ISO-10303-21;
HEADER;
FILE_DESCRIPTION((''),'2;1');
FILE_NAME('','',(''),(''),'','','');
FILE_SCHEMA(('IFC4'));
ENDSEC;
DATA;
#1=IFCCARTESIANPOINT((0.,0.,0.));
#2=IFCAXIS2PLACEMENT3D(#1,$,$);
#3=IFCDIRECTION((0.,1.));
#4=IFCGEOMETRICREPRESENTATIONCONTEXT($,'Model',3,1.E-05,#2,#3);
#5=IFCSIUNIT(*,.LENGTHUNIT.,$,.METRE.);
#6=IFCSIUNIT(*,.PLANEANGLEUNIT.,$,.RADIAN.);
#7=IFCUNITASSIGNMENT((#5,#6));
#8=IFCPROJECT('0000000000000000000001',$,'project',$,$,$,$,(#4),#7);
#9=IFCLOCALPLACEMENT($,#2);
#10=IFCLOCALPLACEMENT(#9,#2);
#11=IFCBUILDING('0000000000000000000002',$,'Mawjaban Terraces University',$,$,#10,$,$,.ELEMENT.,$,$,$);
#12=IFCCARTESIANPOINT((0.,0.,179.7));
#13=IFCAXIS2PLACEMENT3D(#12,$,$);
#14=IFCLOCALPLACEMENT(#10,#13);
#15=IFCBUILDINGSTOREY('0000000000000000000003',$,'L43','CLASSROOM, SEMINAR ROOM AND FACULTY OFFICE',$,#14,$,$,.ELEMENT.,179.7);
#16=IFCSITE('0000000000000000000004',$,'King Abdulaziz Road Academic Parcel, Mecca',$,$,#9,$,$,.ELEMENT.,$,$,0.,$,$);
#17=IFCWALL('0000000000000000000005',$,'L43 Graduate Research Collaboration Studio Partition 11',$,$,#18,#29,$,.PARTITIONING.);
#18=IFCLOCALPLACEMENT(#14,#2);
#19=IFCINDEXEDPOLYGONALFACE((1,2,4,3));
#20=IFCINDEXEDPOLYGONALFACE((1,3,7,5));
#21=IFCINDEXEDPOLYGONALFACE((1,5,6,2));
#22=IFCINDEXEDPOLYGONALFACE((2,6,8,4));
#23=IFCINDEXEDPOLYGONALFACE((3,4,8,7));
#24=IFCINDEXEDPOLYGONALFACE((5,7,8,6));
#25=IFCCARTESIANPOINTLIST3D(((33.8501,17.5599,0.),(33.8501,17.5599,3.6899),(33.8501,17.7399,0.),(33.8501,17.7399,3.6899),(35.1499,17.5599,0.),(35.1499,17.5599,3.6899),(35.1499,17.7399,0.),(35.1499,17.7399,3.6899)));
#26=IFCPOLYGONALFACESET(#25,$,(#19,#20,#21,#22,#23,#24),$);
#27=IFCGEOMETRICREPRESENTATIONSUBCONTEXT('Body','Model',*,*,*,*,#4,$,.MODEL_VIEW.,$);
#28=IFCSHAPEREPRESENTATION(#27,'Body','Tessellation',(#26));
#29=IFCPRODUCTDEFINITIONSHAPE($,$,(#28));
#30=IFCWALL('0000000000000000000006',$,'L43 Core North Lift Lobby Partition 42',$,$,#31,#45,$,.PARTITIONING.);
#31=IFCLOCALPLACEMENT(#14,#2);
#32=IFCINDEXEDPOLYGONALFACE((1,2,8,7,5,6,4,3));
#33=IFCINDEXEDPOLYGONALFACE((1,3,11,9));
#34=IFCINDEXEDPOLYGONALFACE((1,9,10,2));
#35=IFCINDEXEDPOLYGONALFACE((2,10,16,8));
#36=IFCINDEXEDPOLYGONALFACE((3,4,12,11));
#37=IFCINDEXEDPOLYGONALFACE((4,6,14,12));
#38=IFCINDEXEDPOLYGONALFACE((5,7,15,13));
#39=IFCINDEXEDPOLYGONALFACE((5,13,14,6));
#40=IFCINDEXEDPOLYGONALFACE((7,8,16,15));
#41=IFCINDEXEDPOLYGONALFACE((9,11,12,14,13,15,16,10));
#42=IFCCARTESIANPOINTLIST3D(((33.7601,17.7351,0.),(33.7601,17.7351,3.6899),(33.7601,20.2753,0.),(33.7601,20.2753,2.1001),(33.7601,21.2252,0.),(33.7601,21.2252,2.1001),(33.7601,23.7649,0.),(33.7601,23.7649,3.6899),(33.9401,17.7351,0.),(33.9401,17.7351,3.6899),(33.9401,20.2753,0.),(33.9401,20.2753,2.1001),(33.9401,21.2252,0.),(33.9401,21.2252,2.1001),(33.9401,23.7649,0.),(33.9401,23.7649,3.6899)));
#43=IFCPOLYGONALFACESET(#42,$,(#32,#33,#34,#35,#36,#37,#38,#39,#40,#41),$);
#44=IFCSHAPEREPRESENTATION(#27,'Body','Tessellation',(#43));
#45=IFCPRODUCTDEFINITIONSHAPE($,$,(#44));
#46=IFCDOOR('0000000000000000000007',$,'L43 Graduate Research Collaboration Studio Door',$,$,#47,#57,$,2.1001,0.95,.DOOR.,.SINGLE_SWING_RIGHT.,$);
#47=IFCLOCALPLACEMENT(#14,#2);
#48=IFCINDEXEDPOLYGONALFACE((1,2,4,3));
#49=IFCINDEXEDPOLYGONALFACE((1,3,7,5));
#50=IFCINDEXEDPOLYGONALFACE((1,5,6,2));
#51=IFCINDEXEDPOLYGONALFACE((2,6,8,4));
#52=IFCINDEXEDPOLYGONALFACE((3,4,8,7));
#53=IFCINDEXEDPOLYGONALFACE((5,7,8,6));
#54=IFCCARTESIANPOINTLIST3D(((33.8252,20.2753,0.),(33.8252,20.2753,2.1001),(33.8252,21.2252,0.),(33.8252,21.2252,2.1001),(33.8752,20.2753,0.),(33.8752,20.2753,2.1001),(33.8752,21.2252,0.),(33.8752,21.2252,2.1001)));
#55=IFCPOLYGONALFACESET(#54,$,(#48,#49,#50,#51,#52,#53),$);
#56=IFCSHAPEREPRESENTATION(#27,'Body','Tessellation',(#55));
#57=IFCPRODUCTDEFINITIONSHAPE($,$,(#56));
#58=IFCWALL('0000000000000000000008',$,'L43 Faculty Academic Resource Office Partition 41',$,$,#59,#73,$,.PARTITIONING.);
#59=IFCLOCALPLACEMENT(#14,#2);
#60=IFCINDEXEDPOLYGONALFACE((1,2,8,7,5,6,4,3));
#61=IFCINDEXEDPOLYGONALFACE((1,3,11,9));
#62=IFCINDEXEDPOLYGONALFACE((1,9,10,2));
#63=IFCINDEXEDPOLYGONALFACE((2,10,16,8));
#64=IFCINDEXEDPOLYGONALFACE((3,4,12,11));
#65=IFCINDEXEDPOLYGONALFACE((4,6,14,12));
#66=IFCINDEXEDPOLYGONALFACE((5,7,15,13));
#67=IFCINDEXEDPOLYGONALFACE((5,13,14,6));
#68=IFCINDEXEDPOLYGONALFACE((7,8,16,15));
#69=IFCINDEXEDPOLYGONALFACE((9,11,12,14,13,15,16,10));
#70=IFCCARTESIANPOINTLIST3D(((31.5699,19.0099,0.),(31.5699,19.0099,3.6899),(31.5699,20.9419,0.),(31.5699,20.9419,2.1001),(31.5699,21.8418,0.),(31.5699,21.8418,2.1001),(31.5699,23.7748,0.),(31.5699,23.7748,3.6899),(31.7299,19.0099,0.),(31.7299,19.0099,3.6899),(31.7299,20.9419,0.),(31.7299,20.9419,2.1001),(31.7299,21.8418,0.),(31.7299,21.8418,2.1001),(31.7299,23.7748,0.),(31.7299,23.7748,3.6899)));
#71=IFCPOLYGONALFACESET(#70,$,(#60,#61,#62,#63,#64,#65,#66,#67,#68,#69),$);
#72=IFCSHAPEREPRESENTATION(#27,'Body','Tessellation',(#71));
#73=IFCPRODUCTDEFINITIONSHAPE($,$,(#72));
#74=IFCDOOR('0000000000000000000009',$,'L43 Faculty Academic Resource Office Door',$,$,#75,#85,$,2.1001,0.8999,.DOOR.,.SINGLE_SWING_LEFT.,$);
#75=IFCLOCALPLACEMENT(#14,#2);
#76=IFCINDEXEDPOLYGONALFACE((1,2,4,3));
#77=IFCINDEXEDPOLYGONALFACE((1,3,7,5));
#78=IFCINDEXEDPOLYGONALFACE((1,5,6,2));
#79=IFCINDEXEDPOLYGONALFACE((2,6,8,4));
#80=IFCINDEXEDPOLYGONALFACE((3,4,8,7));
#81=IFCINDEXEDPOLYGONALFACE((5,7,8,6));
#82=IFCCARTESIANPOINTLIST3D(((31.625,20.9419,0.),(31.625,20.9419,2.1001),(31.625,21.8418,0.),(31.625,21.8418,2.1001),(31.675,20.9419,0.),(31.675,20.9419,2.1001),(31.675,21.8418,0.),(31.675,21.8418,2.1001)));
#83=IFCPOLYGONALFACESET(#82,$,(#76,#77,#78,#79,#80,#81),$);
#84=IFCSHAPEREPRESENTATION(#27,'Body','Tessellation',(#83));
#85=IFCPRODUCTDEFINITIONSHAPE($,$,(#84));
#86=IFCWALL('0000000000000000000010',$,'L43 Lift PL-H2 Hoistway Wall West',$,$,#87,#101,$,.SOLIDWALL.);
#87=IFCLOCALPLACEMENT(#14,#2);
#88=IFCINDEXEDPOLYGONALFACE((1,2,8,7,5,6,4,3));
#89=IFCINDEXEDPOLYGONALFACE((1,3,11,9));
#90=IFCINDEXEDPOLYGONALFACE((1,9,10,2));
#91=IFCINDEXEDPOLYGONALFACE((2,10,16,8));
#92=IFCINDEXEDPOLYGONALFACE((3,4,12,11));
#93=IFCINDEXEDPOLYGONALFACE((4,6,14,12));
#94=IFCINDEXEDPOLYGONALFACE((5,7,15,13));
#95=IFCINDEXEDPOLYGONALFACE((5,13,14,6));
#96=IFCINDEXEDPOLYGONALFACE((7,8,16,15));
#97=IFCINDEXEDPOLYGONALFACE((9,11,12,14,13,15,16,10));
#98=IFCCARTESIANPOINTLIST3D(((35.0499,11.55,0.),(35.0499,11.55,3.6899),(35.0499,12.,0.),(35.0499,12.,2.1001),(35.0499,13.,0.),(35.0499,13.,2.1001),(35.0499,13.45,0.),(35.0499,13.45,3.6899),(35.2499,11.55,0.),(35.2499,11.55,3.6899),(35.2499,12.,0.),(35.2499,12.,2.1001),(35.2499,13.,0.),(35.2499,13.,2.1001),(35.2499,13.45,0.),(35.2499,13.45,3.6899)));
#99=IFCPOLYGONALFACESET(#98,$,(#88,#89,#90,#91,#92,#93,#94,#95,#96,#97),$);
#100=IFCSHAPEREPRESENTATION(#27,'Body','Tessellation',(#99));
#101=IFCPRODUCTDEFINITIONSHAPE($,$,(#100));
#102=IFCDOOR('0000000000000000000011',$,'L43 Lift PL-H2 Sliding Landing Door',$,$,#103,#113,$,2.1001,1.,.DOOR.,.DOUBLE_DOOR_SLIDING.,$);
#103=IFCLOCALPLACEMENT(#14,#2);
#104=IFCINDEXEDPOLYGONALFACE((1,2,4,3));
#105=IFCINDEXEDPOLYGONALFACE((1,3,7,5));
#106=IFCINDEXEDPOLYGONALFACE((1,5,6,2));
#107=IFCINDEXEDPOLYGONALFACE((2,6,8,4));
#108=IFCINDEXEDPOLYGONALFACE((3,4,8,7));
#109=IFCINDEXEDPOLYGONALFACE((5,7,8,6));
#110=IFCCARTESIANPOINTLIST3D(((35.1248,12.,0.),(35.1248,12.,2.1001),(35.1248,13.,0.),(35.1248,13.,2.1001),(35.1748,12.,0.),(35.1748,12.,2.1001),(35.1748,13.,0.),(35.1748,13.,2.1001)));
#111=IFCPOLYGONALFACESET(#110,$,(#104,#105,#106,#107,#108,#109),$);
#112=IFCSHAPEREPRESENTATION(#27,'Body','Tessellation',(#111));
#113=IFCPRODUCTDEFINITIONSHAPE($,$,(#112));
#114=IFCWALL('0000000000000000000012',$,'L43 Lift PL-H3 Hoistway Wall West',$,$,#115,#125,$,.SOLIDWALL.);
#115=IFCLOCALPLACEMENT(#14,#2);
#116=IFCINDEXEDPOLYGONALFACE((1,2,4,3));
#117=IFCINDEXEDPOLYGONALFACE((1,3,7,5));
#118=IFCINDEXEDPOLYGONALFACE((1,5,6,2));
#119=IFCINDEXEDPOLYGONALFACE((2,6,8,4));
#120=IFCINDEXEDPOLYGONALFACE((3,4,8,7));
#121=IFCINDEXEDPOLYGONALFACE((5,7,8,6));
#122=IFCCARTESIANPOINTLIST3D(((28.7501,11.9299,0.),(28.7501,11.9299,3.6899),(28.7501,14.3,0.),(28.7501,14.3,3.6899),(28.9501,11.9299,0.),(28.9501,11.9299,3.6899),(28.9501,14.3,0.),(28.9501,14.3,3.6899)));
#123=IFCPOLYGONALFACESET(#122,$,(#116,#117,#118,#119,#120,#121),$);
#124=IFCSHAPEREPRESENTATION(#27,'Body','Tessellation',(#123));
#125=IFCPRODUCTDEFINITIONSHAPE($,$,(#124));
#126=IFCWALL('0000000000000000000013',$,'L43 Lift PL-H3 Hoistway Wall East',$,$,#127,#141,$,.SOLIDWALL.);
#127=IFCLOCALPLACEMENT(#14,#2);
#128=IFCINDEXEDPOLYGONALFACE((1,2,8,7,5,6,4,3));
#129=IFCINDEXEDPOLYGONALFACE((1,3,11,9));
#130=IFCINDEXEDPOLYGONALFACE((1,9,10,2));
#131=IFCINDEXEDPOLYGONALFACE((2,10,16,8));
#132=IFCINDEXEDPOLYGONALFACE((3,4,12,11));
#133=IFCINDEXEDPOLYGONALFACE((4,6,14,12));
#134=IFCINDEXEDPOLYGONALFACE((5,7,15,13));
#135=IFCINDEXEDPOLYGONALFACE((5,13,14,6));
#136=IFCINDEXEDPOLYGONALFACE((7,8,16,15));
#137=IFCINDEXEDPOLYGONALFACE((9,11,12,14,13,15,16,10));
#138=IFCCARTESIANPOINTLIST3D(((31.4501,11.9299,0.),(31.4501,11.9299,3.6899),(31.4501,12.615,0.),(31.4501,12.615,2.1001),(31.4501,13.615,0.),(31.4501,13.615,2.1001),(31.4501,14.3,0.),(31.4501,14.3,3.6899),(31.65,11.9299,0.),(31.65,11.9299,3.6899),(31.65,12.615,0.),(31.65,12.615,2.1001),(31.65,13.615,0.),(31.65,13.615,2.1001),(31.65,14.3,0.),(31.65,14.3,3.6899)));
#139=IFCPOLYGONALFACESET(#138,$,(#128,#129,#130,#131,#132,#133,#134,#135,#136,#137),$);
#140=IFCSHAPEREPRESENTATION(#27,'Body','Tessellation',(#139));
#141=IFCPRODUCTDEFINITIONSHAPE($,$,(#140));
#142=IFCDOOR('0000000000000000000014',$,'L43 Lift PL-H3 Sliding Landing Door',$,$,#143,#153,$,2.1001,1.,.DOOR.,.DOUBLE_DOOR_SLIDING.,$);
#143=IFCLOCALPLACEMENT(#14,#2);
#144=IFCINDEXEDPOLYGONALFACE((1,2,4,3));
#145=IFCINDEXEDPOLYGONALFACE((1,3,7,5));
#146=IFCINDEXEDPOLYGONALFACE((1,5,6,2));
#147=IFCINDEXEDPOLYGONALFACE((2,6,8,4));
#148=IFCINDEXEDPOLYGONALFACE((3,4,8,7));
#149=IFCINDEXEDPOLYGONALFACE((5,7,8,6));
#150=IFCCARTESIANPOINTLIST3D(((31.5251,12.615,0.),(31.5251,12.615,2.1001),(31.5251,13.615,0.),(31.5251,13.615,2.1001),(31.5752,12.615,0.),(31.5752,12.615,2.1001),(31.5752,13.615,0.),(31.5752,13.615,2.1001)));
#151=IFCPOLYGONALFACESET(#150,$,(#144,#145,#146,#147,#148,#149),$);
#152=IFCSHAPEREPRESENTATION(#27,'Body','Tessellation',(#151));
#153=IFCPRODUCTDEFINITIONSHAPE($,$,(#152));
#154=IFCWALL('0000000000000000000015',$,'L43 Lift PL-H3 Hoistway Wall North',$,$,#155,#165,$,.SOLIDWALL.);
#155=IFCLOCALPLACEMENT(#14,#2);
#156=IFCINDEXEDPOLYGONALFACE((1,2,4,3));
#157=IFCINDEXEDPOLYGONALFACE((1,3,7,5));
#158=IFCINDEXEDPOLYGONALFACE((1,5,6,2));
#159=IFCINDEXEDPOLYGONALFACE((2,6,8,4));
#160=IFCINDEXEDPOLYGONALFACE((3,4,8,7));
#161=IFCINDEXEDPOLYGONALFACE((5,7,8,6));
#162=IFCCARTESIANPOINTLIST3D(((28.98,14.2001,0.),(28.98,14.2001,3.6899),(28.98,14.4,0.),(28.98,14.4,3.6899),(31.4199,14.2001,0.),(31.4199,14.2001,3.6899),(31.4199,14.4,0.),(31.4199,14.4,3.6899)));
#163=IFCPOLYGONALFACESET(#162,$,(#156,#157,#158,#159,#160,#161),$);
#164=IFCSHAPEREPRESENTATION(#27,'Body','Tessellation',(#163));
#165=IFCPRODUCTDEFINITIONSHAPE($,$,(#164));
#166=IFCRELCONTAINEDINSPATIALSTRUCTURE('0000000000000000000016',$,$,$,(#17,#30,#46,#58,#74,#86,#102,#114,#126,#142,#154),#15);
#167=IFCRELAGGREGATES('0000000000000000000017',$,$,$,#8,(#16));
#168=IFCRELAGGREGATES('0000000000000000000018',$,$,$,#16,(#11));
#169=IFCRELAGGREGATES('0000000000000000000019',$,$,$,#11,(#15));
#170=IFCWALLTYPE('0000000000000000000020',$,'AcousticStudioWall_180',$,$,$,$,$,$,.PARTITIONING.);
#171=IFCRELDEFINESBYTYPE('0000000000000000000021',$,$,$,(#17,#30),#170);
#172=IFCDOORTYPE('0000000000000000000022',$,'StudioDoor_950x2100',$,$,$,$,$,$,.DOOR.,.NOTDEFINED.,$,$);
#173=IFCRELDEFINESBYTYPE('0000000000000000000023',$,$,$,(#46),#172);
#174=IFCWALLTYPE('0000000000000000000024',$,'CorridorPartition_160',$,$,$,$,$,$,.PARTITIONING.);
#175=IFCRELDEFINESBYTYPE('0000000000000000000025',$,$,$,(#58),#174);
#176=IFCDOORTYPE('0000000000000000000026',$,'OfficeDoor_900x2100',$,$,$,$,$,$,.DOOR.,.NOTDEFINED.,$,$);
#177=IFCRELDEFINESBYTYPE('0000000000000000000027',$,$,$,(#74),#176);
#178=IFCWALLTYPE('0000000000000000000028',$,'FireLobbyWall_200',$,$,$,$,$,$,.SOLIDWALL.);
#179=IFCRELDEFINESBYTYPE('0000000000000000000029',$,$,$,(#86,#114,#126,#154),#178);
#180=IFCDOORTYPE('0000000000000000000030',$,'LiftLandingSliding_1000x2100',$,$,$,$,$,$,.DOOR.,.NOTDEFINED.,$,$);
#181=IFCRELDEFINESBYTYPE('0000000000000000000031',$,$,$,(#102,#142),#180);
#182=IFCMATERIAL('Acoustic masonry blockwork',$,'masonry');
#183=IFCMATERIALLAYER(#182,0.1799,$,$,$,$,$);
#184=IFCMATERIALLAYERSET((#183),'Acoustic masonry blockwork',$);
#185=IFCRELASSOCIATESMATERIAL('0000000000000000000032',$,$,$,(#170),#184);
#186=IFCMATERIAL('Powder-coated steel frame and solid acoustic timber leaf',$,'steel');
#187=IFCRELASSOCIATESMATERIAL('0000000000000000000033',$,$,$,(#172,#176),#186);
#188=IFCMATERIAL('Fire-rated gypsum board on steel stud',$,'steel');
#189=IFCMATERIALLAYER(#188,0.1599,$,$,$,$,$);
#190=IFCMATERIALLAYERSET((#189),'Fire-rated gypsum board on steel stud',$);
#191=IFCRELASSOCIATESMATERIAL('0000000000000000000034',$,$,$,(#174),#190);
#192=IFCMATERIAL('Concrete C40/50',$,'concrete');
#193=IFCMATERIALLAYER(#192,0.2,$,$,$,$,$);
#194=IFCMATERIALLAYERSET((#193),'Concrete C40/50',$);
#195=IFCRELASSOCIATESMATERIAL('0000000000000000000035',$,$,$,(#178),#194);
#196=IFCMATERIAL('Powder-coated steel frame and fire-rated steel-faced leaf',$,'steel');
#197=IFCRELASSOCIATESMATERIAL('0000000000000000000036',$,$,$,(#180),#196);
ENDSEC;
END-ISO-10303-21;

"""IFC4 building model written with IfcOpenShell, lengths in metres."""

from ifc_helpers import new_model, si_unit, direction, frame, frame_2d, origin, place, context, subcontext, project, spatial, rectangle, extrude, material, layer, layer_set, type_object, element, fill, save


model = new_model("IFC4")

# Units and contexts
model_context = context("Model", 3, precision=1e-05, world=origin(), true_north=direction((0.0, 1.0)))
body_context = subcontext(model_context, "Body", "Model", "MODEL_VIEW")
ifc_project = project(units=[si_unit("LENGTHUNIT", "METRE"), si_unit("PLANEANGLEUNIT", "RADIAN")], contexts=[model_context])

# Site, building, storey
site_placement = place(None, origin())
site = spatial("IfcSite", under=ifc_project, at=site_placement, Name="King Abdulaziz Road Academic Parcel, Mecca", CompositionType="ELEMENT", RefElevation=0.0)
building_placement = place(site_placement, origin())
building = spatial("IfcBuilding", under=site, at=building_placement, Name="Mawjaban Terraces University", CompositionType="ELEMENT")
storey_placement = place(building_placement, frame((0.0, 0.0, 179.7)))
storey = spatial("IfcBuildingStorey", under=building, at=storey_placement, Name="L43", Description="CLASSROOM, SEMINAR ROOM AND FACULTY OFFICE", CompositionType="ELEMENT", Elevation=179.7)

# Wall
ifc_material_1 = material(Name="Acoustic masonry blockwork", Category="masonry")
ifc_layer_1 = layer(ifc_material_1, 0.1799)
ifc_layer_set_1 = layer_set([ifc_layer_1], Name="Acoustic masonry blockwork")
wall_type_1 = type_object("IfcWallType", Name="AcousticStudioWall_180", PredefinedType="PARTITIONING", material=ifc_layer_set_1)
wall_1_placement = place(storey_placement, frame((33.8501, 17.6499, 0.0), z_axis=(0.0, 0.0, 1.0), x_axis=(1.0, 0.0, 0.0)))
element("IfcWall", 1, at=wall_1_placement, inside=storey, type_object=wall_type_1, Name="L43 Graduate Research Collaboration Studio Partition 11", PredefinedType="PARTITIONING", context=body_context, shape_type="SweptSolid", body=[
    extrude(rectangle(XDim=1.2998, YDim=0.1799, at=frame_2d((0.6499, 0.0))), origin(), (0.0, 0.0, 1.0), 3.6899),
])

# Walls, openings, doors
wall_2_placement = place(storey_placement, frame((33.8501, 17.7351, 0.0), z_axis=(0.0, 0.0, 1.0), x_axis=(0.0, 1.0, 0.0)))
wall_2 = element("IfcWall", 2, at=wall_2_placement, inside=storey, type_object=wall_type_1, Name="L43 Core North Lift Lobby Partition 42", PredefinedType="PARTITIONING", context=body_context, shape_type="SweptSolid", body=[
    extrude(rectangle(XDim=6.0298, YDim=0.1799, at=frame_2d((3.0149, 0.0))), origin(), (0.0, 0.0, 1.0), 3.6899),
])
opening_1_placement = place(wall_2_placement, frame((2.54, 0.0, 0.0)))
opening_1 = element("IfcOpeningElement", 3, at=opening_1_placement, cuts=wall_2, PredefinedType="OPENING", context=body_context, shape_type="SweptSolid", body=[
    extrude(rectangle(XDim=0.95, YDim=2.1001, at=frame_2d((0.4751, 1.05))), frame((0.0, 0.0999, 0.0), z_axis=(0.0, -1.0, 0.0), x_axis=(1.0, 0.0, 0.0)), (0.0, 0.0, 1.0), 0.2),
])
ifc_material_2 = material(Name="Powder-coated steel frame and solid acoustic timber leaf", Category="steel")
door_type_1 = type_object("IfcDoorType", Name="StudioDoor_950x2100", OperationType="NOTDEFINED", PredefinedType="DOOR", material=ifc_material_2)
door_1_placement = place(opening_1_placement, origin())
door_1 = element("IfcDoor", 4, at=door_1_placement, inside=storey, type_object=door_type_1, Name="L43 Graduate Research Collaboration Studio Door", OperationType="SINGLE_SWING_RIGHT", OverallHeight=2.1001, OverallWidth=0.95, PredefinedType="DOOR", context=body_context, shape_type="SweptSolid", body=[
    extrude(rectangle(XDim=0.95, YDim=2.1001, at=frame_2d((0.4751, 1.05))), frame((0.0, 0.0249, 0.0), z_axis=(0.0, -1.0, 0.0), x_axis=(1.0, 0.0, 0.0)), (0.0, 0.0, 1.0), 0.05),
])
fill(opening_1, door_1)
ifc_material_3 = material(Name="Fire-rated gypsum board on steel stud", Category="steel")
ifc_layer_2 = layer(ifc_material_3, 0.1599)
ifc_layer_set_2 = layer_set([ifc_layer_2], Name="Fire-rated gypsum board on steel stud")
wall_type_2 = type_object("IfcWallType", Name="CorridorPartition_160", PredefinedType="PARTITIONING", material=ifc_layer_set_2)
wall_3_placement = place(storey_placement, frame((31.6499, 19.01, 0.0), z_axis=(0.0, 0.0, 1.0), x_axis=(0.0, 1.0, 0.0)))
wall_3 = element("IfcWall", 5, at=wall_3_placement, inside=storey, type_object=wall_type_2, Name="L43 Faculty Academic Resource Office Partition 41", PredefinedType="PARTITIONING", context=body_context, shape_type="SweptSolid", body=[
    extrude(rectangle(XDim=4.7649, YDim=0.1599, at=frame_2d((2.3823, 0.0))), origin(), (0.0, 0.0, 1.0), 3.6899),
])
opening_2_placement = place(wall_3_placement, frame((1.9319, 0.0, 0.0)))
opening_2 = element("IfcOpeningElement", 6, at=opening_2_placement, cuts=wall_3, PredefinedType="OPENING", context=body_context, shape_type="SweptSolid", body=[
    extrude(rectangle(XDim=0.8999, YDim=2.1001, at=frame_2d((0.45, 1.05))), frame((0.0, 0.0898, 0.0), z_axis=(0.0, -1.0, 0.0), x_axis=(1.0, 0.0, 0.0)), (0.0, 0.0, 1.0), 0.1799),
])
door_type_2 = type_object("IfcDoorType", Name="OfficeDoor_900x2100", OperationType="NOTDEFINED", PredefinedType="DOOR", material=ifc_material_2)
door_2_placement = place(opening_2_placement, origin())
door_2 = element("IfcDoor", 7, at=door_2_placement, inside=storey, type_object=door_type_2, Name="L43 Faculty Academic Resource Office Door", OperationType="SINGLE_SWING_LEFT", OverallHeight=2.1001, OverallWidth=0.8999, PredefinedType="DOOR", context=body_context, shape_type="SweptSolid", body=[
    extrude(rectangle(XDim=0.8999, YDim=2.1001, at=frame_2d((0.45, 1.05))), frame((0.0, 0.0249, 0.0), z_axis=(0.0, -1.0, 0.0), x_axis=(1.0, 0.0, 0.0)), (0.0, 0.0, 1.0), 0.05),
])
fill(opening_2, door_2)
ifc_material_4 = material(Name="Concrete C40/50", Category="concrete")
ifc_layer_3 = layer(ifc_material_4, 0.2)
ifc_layer_set_3 = layer_set([ifc_layer_3], Name="Concrete C40/50")
wall_type_3 = type_object("IfcWallType", Name="FireLobbyWall_200", PredefinedType="SOLIDWALL", material=ifc_layer_set_3)
wall_4_placement = place(storey_placement, frame((35.1499, 13.45, 0.0), z_axis=(0.0, 0.0, 1.0), x_axis=(0.0, -1.0, 0.0)))
wall_4 = element("IfcWall", 8, at=wall_4_placement, inside=storey, type_object=wall_type_3, Name="L43 Lift PL-H2 Hoistway Wall West", PredefinedType="SOLIDWALL", context=body_context, shape_type="SweptSolid", body=[
    extrude(rectangle(XDim=1.8999, YDim=0.2, at=frame_2d((0.95, 0.0))), origin(), (0.0, 0.0, 1.0), 3.6899),
])
opening_3_placement = place(wall_4_placement, frame((0.45, 0.0, 0.0)))
opening_3 = element("IfcOpeningElement", 9, at=opening_3_placement, cuts=wall_4, PredefinedType="OPENING", context=body_context, shape_type="SweptSolid", body=[
    extrude(rectangle(XDim=1.0, YDim=2.1001, at=frame_2d((0.5, 1.05))), frame((0.0, 0.1099, 0.0), z_axis=(0.0, -1.0, 0.0), x_axis=(1.0, 0.0, 0.0)), (0.0, 0.0, 1.0), 0.22),
])
ifc_material_5 = material(Name="Powder-coated steel frame and fire-rated steel-faced leaf", Category="steel")
door_type_3 = type_object("IfcDoorType", Name="LiftLandingSliding_1000x2100", OperationType="NOTDEFINED", PredefinedType="DOOR", material=ifc_material_5)
door_3_placement = place(opening_3_placement, origin())
door_3 = element("IfcDoor", 10, at=door_3_placement, inside=storey, type_object=door_type_3, Name="L43 Lift PL-H2 Sliding Landing Door", OperationType="DOUBLE_DOOR_SLIDING", OverallHeight=2.1001, OverallWidth=1.0, PredefinedType="DOOR", context=body_context, shape_type="SweptSolid", body=[
    extrude(rectangle(XDim=1.0, YDim=2.1001, at=frame_2d((0.5, 1.05))), frame((0.0, 0.0249, 0.0), z_axis=(0.0, -1.0, 0.0), x_axis=(1.0, 0.0, 0.0)), (0.0, 0.0, 1.0), 0.05),
])
fill(opening_3, door_3)

# Wall
wall_5_placement = place(storey_placement, frame((28.8501, 14.3, 0.0), z_axis=(0.0, 0.0, 1.0), x_axis=(0.0, -1.0, 0.0)))
element("IfcWall", 11, at=wall_5_placement, inside=storey, type_object=wall_type_3, Name="L43 Lift PL-H3 Hoistway Wall West", PredefinedType="SOLIDWALL", context=body_context, shape_type="SweptSolid", body=[
    extrude(rectangle(XDim=2.3701, YDim=0.2, at=frame_2d((1.1851, 0.0))), origin(), (0.0, 0.0, 1.0), 3.6899),
])

# Wall, opening, door
wall_6_placement = place(storey_placement, frame((31.55, 11.9299, 0.0), z_axis=(0.0, 0.0, 1.0), x_axis=(0.0, 1.0, 0.0)))
wall_6 = element("IfcWall", 12, at=wall_6_placement, inside=storey, type_object=wall_type_3, Name="L43 Lift PL-H3 Hoistway Wall East", PredefinedType="SOLIDWALL", context=body_context, shape_type="SweptSolid", body=[
    extrude(rectangle(XDim=2.3701, YDim=0.2, at=frame_2d((1.1851, 0.0))), origin(), (0.0, 0.0, 1.0), 3.6899),
])
opening_4_placement = place(wall_6_placement, frame((0.6851, 0.0, 0.0)))
opening_4 = element("IfcOpeningElement", 13, at=opening_4_placement, cuts=wall_6, PredefinedType="OPENING", context=body_context, shape_type="SweptSolid", body=[
    extrude(rectangle(XDim=1.0, YDim=2.1001, at=frame_2d((0.5, 1.05))), frame((0.0, 0.1099, 0.0), z_axis=(0.0, -1.0, 0.0), x_axis=(1.0, 0.0, 0.0)), (0.0, 0.0, 1.0), 0.22),
])
door_4_placement = place(opening_4_placement, origin())
door_4 = element("IfcDoor", 14, at=door_4_placement, inside=storey, type_object=door_type_3, Name="L43 Lift PL-H3 Sliding Landing Door", OperationType="DOUBLE_DOOR_SLIDING", OverallHeight=2.1001, OverallWidth=1.0, PredefinedType="DOOR", context=body_context, shape_type="SweptSolid", body=[
    extrude(rectangle(XDim=1.0, YDim=2.1001, at=frame_2d((0.5, 1.05))), frame((0.0, 0.0249, 0.0), z_axis=(0.0, -1.0, 0.0), x_axis=(1.0, 0.0, 0.0)), (0.0, 0.0, 1.0), 0.05),
])
fill(opening_4, door_4)

# Wall
wall_7_placement = place(storey_placement, frame((31.4199, 14.3, 0.0), z_axis=(0.0, 0.0, 1.0), x_axis=(-1.0, 0.0, 0.0)))
element("IfcWall", 15, at=wall_7_placement, inside=storey, type_object=wall_type_3, Name="L43 Lift PL-H3 Hoistway Wall North", PredefinedType="SOLIDWALL", context=body_context, shape_type="SweptSolid", body=[
    extrude(rectangle(XDim=2.4399, YDim=0.2, at=frame_2d((1.22, 0.0))), origin(), (0.0, 0.0, 1.0), 3.6899),
])

save(model, "model.ifc")
